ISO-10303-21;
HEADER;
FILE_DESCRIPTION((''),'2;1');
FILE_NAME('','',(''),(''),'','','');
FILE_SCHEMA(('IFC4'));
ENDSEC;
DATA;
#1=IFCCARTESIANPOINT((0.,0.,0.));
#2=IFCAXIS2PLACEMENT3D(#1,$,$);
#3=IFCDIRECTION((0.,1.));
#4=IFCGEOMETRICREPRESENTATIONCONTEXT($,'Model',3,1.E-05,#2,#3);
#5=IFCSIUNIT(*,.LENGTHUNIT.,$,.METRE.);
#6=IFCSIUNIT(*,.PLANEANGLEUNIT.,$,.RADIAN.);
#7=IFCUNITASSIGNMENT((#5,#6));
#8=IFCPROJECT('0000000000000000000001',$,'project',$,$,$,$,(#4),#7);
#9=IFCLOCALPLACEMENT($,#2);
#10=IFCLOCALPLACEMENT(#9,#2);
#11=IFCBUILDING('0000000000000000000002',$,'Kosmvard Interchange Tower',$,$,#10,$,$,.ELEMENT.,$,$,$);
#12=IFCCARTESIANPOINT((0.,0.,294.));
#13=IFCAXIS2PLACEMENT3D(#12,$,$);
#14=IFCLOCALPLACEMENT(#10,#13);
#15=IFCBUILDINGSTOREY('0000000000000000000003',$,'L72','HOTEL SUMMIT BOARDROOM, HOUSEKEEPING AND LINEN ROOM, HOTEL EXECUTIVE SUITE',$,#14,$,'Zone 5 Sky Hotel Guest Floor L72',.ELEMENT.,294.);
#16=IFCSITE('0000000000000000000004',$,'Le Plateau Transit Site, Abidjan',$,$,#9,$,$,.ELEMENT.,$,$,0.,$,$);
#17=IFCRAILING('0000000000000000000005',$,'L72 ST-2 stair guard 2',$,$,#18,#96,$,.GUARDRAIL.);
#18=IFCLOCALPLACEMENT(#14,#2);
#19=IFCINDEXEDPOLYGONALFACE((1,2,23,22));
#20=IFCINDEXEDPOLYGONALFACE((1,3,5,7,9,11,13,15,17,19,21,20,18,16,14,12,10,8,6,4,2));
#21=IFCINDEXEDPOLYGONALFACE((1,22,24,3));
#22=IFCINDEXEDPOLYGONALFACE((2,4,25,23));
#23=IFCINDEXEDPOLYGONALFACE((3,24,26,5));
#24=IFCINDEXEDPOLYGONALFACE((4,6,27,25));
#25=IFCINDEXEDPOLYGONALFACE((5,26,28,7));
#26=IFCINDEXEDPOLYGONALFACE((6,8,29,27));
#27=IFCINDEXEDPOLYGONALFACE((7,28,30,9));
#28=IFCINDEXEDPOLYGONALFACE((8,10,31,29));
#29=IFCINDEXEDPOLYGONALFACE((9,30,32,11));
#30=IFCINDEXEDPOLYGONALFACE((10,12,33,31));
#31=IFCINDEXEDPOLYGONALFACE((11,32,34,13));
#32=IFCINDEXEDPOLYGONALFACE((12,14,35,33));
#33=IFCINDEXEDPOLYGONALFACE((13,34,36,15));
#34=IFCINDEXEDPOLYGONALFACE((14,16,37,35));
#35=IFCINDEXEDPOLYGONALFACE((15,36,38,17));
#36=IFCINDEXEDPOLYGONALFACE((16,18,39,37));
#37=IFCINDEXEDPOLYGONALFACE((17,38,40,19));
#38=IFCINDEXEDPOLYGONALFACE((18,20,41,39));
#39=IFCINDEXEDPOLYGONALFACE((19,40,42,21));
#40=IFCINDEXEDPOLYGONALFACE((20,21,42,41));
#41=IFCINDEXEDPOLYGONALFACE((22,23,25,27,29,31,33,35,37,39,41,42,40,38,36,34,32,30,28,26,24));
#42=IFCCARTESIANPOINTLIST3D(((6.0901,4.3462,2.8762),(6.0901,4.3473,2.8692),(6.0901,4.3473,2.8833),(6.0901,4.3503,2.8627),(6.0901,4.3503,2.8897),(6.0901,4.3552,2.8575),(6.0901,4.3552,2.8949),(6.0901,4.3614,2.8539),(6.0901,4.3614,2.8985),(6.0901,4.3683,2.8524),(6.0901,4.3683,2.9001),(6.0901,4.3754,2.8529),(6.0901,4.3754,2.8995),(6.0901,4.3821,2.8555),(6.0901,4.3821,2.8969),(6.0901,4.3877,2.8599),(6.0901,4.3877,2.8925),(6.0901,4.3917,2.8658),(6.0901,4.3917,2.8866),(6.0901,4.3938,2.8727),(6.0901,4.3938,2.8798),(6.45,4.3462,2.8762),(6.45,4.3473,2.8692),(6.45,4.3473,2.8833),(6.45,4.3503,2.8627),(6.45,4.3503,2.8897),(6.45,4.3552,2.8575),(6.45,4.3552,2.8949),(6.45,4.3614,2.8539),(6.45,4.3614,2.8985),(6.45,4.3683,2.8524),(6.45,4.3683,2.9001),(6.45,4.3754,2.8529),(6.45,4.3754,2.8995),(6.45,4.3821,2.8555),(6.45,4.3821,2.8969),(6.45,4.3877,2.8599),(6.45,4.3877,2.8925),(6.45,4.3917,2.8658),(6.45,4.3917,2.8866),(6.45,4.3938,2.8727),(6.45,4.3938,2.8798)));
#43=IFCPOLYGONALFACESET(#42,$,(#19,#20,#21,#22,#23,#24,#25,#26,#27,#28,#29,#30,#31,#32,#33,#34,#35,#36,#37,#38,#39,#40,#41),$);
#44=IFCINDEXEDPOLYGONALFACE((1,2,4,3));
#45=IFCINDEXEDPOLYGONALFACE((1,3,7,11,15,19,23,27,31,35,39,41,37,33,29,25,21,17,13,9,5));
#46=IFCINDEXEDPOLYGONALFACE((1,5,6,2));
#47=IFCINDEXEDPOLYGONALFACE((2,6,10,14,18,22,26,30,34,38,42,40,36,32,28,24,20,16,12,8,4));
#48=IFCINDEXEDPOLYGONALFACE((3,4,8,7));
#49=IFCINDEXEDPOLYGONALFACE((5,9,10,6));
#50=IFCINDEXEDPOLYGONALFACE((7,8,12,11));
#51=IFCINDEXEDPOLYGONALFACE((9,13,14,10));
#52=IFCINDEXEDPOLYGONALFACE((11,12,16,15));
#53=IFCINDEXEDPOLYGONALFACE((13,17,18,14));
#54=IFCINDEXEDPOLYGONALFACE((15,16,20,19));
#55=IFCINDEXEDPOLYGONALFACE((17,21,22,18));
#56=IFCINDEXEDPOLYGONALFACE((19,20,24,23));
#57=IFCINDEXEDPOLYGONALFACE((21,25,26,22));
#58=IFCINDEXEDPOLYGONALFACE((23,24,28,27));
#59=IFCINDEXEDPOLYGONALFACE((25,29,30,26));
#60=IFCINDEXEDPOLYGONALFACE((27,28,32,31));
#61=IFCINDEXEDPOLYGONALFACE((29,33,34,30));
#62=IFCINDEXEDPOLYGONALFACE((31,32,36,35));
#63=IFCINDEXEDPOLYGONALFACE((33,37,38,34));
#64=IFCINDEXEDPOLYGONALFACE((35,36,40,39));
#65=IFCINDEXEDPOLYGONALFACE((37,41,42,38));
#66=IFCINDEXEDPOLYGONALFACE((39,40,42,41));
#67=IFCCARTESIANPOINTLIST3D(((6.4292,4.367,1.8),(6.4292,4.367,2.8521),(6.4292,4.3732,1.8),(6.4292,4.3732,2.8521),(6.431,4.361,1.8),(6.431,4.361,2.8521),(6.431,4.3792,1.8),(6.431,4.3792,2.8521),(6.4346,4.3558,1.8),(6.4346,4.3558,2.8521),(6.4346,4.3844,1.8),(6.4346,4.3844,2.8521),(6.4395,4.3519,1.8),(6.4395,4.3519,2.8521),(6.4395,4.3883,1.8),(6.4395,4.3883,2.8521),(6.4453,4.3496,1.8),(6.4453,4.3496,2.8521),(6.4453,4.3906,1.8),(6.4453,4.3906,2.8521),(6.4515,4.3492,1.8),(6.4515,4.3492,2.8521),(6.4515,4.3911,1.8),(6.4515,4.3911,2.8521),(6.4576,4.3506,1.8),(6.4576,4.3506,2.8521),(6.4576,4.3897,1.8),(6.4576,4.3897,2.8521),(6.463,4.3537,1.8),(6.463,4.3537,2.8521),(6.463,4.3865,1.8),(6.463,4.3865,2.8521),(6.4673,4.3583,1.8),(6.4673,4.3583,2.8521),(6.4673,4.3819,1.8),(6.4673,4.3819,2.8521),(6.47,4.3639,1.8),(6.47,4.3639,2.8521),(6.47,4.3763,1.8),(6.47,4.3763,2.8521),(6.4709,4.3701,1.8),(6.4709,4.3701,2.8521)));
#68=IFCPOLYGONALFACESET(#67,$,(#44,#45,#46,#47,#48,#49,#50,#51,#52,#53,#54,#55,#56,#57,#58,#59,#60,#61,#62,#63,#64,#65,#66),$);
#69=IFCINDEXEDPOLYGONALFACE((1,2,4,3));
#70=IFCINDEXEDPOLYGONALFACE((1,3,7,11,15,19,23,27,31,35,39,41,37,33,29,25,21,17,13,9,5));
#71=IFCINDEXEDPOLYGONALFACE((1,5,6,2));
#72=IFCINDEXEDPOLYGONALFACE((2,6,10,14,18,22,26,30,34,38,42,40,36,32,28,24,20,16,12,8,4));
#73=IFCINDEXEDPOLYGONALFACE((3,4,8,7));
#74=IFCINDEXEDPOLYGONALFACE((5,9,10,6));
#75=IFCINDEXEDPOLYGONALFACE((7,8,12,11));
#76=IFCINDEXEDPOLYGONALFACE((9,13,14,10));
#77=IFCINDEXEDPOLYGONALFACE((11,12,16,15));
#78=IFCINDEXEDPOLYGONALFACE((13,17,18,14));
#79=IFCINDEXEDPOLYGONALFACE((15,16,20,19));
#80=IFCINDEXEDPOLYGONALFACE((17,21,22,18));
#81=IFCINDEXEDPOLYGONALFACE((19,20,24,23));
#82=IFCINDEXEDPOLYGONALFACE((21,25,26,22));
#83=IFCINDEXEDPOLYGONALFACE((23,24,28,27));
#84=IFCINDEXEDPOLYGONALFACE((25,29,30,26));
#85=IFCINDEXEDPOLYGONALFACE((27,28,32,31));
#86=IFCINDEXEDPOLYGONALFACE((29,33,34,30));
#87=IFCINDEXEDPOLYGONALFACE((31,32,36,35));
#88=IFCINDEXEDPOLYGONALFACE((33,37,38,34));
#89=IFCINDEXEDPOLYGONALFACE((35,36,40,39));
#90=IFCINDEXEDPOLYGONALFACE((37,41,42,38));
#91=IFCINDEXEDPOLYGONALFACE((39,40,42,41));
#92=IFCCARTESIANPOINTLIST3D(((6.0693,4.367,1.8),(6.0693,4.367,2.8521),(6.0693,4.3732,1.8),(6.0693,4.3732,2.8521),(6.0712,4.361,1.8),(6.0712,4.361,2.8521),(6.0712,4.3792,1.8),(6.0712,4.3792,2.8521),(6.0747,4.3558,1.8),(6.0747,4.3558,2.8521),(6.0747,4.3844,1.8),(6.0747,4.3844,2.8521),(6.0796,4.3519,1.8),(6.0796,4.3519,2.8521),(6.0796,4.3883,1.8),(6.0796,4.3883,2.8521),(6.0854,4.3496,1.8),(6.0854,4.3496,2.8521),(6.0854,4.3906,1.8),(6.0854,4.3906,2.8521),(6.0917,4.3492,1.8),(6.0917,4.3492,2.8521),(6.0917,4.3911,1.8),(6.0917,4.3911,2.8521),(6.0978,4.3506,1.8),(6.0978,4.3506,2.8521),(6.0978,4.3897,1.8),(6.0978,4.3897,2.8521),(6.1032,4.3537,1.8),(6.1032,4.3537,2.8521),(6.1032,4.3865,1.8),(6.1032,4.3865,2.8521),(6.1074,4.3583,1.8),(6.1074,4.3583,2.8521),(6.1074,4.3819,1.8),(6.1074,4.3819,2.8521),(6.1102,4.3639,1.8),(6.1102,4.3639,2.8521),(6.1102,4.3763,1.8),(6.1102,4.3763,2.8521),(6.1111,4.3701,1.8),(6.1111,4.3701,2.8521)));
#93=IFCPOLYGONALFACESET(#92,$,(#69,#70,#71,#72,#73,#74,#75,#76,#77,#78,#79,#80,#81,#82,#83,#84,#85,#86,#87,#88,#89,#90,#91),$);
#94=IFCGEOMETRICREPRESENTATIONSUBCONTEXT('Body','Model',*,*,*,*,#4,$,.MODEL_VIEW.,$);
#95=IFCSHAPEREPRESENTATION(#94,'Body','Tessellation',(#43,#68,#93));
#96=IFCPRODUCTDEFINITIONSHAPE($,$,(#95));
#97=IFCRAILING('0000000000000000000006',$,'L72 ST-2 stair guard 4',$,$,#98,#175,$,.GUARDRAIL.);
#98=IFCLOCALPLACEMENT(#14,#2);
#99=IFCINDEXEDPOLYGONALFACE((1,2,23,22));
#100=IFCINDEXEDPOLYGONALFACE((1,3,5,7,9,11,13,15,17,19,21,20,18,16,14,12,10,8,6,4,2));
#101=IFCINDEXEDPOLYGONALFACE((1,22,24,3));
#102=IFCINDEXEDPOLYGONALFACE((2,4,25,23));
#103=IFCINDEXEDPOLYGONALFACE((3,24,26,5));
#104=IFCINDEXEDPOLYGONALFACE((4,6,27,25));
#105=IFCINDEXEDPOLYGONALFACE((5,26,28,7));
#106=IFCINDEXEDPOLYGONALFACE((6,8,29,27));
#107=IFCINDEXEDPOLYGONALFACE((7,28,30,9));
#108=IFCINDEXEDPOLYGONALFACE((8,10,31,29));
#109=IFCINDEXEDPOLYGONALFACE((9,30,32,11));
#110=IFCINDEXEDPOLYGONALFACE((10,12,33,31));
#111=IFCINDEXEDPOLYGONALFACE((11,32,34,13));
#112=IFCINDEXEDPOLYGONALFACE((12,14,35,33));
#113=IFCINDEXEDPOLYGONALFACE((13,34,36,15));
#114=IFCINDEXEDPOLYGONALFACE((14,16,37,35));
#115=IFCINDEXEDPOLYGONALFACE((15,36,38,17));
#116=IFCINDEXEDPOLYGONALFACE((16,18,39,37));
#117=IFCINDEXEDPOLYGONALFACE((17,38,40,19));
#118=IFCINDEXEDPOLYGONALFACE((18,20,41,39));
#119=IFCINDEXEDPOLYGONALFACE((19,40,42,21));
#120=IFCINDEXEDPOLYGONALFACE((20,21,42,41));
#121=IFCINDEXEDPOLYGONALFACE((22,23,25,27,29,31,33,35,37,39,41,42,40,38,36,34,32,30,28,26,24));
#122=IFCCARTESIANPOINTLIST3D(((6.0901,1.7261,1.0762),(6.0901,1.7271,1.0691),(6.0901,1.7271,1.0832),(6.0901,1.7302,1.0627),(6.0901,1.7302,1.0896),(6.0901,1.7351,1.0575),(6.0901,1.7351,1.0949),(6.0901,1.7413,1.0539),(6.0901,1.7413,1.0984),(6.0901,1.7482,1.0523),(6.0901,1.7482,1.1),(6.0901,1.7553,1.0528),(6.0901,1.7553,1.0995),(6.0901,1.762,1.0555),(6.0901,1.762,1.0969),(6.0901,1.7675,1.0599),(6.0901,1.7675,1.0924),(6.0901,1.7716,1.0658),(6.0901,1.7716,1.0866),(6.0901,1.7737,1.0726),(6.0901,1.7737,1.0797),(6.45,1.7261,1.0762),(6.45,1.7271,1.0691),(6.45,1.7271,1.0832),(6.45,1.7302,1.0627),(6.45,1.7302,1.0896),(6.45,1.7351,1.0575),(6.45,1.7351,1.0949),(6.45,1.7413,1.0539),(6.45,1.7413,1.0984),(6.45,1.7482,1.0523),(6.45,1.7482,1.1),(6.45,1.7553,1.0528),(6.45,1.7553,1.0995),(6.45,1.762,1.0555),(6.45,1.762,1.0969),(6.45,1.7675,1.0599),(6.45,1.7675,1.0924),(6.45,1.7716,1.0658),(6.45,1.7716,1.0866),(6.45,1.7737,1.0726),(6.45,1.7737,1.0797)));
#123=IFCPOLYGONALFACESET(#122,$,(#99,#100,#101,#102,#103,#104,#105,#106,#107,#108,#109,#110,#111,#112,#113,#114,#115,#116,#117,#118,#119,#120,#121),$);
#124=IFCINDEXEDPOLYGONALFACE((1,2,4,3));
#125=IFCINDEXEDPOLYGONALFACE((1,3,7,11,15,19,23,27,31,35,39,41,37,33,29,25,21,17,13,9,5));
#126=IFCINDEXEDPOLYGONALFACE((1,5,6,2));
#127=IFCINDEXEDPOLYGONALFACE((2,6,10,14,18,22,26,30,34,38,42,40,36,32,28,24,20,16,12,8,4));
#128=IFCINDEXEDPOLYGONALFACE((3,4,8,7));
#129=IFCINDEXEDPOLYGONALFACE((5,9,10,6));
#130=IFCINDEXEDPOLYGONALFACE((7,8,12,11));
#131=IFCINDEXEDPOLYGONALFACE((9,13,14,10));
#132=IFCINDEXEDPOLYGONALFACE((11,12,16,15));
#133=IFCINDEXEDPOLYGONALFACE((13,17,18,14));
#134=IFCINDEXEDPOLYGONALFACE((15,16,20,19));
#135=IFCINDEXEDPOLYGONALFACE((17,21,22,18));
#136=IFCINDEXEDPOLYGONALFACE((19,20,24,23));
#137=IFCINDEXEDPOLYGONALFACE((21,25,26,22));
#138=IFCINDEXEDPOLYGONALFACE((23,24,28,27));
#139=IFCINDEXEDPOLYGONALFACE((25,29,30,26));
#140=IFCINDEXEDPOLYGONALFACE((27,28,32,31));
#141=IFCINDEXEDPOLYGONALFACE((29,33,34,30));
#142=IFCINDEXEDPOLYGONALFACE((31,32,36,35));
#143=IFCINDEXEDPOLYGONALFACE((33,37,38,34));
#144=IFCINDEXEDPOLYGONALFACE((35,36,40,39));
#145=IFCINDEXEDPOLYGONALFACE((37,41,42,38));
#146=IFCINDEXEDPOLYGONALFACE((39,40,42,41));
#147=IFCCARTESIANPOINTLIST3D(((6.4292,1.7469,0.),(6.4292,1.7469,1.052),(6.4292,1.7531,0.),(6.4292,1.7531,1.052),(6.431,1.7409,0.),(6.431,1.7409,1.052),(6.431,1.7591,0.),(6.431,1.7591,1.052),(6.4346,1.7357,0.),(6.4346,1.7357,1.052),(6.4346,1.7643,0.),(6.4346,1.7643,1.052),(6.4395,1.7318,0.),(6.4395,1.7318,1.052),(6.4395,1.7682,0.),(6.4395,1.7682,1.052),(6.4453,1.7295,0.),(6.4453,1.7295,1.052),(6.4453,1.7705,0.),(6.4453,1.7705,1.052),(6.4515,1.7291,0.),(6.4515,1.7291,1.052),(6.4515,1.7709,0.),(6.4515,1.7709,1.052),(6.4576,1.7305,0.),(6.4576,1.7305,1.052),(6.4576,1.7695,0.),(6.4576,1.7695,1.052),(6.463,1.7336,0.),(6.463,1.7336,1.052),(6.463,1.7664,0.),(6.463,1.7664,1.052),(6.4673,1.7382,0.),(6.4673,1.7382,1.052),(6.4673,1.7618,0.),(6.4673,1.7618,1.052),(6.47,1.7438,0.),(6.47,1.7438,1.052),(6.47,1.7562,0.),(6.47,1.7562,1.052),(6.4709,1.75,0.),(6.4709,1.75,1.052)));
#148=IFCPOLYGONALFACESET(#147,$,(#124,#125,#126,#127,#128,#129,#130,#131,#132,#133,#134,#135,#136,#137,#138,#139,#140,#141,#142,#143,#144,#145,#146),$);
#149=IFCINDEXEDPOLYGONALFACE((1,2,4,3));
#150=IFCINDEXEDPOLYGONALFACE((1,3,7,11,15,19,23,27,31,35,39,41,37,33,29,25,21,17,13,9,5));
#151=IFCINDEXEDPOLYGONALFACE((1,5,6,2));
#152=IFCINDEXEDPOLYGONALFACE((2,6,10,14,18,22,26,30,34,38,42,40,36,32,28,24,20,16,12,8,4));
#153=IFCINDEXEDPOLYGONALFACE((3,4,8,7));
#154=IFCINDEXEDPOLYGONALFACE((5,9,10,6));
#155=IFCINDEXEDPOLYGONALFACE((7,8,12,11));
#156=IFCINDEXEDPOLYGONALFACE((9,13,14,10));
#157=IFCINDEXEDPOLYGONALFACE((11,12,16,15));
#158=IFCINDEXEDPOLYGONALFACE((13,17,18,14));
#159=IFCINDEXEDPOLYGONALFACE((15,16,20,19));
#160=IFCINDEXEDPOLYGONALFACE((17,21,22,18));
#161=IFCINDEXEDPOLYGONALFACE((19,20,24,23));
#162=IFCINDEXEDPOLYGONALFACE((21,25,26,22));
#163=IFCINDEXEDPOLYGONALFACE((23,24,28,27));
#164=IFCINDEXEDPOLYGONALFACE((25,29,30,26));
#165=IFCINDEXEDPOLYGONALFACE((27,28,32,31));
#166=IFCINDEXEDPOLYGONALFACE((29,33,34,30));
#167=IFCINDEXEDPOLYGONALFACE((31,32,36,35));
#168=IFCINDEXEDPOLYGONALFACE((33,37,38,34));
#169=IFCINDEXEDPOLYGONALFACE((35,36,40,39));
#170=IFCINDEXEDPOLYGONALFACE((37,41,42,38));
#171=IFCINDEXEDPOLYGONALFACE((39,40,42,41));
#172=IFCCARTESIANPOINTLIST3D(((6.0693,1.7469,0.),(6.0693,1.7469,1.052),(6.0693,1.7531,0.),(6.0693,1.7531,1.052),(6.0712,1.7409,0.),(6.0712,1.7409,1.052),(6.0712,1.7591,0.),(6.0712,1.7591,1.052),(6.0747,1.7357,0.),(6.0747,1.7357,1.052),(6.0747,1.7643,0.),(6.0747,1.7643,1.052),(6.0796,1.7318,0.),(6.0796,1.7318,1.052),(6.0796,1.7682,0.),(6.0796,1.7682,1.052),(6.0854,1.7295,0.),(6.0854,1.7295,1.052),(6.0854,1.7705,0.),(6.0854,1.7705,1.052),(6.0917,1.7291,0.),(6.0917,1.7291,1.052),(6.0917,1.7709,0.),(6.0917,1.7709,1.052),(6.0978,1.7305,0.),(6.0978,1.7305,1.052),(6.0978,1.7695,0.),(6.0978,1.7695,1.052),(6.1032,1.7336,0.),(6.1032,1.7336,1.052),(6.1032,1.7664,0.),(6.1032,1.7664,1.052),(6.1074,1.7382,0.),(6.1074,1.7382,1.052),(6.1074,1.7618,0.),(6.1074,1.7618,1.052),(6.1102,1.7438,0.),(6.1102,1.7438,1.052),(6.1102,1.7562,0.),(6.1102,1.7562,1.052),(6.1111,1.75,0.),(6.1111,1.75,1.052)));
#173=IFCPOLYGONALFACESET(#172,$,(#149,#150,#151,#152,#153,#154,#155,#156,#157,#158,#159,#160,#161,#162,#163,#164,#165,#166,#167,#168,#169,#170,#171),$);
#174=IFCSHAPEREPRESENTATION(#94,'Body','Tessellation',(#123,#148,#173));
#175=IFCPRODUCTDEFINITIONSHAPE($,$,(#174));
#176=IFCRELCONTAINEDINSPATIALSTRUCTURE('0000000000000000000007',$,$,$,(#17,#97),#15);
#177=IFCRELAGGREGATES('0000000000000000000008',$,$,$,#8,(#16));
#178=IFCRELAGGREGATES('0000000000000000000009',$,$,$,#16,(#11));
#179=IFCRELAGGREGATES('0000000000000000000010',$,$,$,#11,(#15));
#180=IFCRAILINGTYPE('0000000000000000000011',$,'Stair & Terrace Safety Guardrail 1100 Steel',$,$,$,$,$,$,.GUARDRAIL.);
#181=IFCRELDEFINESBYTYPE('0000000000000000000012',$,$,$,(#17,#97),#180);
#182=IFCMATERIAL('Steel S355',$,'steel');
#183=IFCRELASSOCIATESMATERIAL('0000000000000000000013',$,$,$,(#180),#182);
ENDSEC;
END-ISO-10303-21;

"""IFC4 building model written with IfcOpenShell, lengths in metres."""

from ifc_helpers import new_model, si_unit, direction, frame, origin, origin_2d, place, context, subcontext, project, spatial, circle, extrude, source, transform, mapped, material, type_object, element, save


model = new_model("IFC4")

# Units and contexts
model_context = context("Model", 3, precision=1e-05, world=origin(), true_north=direction((0.0, 1.0)))
body_context = subcontext(model_context, "Body", "Model", "MODEL_VIEW")
ifc_project = project(units=[si_unit("LENGTHUNIT", "METRE"), si_unit("PLANEANGLEUNIT", "RADIAN")], contexts=[model_context])

# Site, building, storey
site_placement = place(None, origin())
site = spatial("IfcSite", under=ifc_project, at=site_placement, Name="Le Plateau Transit Site, Abidjan", CompositionType="ELEMENT", RefElevation=0.0)
building_placement = place(site_placement, origin())
building = spatial("IfcBuilding", under=site, at=building_placement, Name="Kosmvard Interchange Tower", CompositionType="ELEMENT")
storey_placement = place(building_placement, frame((0.0, 0.0, 294.0)))
storey = spatial("IfcBuildingStorey", under=building, at=storey_placement, Name="L72", Description="HOTEL SUMMIT BOARDROOM, HOUSEKEEPING AND LINEN ROOM, HOTEL EXECUTIVE SUITE", LongName="Zone 5 Sky Hotel Guest Floor L72", CompositionType="ELEMENT", Elevation=294.0)

# Railings
ifc_material_1 = material(Name="Steel S355", Category="steel")
railing_type_1 = type_object("IfcRailingType", Name="Stair & Terrace Safety Guardrail 1100 Steel", PredefinedType="GUARDRAIL", material=ifc_material_1)
shared_shape_1 = source(origin(), body_context, "Body", "SweptSolid", [
    extrude(circle(Radius=0.0239, at=origin_2d()), frame((0.0, 0.0, 1.0762), z_axis=(-1.0, 0.0, 0.0), x_axis=(0.0, -1.0, 0.0)), (0.0, 0.0, 1.0), 0.3599),
    extrude(circle(Radius=0.021, at=origin_2d()), origin(), (0.0, 0.0, 1.0), 1.052),
    extrude(circle(Radius=0.021, at=origin_2d()), frame((-0.3599, 0.0, 0.0)), (0.0, 0.0, 1.0), 1.052),
])
for number, where, name in (
    (1, (6.45, 4.3701, 1.8), "L72 ST-2 stair guard 2"),
    (2, (6.45, 1.75, 0.0), "L72 ST-2 stair guard 4"),
):
    element("IfcRailing", number, at=place(storey_placement, frame(where)), inside=storey, type_object=railing_type_1, Name=name, PredefinedType="GUARDRAIL", context=body_context, shape_type="MappedRepresentation", body=[
        mapped(shared_shape_1, transform((0.0, 0.0, 0.0), scale=1.0)),
    ])

save(model, "model.ifc")
